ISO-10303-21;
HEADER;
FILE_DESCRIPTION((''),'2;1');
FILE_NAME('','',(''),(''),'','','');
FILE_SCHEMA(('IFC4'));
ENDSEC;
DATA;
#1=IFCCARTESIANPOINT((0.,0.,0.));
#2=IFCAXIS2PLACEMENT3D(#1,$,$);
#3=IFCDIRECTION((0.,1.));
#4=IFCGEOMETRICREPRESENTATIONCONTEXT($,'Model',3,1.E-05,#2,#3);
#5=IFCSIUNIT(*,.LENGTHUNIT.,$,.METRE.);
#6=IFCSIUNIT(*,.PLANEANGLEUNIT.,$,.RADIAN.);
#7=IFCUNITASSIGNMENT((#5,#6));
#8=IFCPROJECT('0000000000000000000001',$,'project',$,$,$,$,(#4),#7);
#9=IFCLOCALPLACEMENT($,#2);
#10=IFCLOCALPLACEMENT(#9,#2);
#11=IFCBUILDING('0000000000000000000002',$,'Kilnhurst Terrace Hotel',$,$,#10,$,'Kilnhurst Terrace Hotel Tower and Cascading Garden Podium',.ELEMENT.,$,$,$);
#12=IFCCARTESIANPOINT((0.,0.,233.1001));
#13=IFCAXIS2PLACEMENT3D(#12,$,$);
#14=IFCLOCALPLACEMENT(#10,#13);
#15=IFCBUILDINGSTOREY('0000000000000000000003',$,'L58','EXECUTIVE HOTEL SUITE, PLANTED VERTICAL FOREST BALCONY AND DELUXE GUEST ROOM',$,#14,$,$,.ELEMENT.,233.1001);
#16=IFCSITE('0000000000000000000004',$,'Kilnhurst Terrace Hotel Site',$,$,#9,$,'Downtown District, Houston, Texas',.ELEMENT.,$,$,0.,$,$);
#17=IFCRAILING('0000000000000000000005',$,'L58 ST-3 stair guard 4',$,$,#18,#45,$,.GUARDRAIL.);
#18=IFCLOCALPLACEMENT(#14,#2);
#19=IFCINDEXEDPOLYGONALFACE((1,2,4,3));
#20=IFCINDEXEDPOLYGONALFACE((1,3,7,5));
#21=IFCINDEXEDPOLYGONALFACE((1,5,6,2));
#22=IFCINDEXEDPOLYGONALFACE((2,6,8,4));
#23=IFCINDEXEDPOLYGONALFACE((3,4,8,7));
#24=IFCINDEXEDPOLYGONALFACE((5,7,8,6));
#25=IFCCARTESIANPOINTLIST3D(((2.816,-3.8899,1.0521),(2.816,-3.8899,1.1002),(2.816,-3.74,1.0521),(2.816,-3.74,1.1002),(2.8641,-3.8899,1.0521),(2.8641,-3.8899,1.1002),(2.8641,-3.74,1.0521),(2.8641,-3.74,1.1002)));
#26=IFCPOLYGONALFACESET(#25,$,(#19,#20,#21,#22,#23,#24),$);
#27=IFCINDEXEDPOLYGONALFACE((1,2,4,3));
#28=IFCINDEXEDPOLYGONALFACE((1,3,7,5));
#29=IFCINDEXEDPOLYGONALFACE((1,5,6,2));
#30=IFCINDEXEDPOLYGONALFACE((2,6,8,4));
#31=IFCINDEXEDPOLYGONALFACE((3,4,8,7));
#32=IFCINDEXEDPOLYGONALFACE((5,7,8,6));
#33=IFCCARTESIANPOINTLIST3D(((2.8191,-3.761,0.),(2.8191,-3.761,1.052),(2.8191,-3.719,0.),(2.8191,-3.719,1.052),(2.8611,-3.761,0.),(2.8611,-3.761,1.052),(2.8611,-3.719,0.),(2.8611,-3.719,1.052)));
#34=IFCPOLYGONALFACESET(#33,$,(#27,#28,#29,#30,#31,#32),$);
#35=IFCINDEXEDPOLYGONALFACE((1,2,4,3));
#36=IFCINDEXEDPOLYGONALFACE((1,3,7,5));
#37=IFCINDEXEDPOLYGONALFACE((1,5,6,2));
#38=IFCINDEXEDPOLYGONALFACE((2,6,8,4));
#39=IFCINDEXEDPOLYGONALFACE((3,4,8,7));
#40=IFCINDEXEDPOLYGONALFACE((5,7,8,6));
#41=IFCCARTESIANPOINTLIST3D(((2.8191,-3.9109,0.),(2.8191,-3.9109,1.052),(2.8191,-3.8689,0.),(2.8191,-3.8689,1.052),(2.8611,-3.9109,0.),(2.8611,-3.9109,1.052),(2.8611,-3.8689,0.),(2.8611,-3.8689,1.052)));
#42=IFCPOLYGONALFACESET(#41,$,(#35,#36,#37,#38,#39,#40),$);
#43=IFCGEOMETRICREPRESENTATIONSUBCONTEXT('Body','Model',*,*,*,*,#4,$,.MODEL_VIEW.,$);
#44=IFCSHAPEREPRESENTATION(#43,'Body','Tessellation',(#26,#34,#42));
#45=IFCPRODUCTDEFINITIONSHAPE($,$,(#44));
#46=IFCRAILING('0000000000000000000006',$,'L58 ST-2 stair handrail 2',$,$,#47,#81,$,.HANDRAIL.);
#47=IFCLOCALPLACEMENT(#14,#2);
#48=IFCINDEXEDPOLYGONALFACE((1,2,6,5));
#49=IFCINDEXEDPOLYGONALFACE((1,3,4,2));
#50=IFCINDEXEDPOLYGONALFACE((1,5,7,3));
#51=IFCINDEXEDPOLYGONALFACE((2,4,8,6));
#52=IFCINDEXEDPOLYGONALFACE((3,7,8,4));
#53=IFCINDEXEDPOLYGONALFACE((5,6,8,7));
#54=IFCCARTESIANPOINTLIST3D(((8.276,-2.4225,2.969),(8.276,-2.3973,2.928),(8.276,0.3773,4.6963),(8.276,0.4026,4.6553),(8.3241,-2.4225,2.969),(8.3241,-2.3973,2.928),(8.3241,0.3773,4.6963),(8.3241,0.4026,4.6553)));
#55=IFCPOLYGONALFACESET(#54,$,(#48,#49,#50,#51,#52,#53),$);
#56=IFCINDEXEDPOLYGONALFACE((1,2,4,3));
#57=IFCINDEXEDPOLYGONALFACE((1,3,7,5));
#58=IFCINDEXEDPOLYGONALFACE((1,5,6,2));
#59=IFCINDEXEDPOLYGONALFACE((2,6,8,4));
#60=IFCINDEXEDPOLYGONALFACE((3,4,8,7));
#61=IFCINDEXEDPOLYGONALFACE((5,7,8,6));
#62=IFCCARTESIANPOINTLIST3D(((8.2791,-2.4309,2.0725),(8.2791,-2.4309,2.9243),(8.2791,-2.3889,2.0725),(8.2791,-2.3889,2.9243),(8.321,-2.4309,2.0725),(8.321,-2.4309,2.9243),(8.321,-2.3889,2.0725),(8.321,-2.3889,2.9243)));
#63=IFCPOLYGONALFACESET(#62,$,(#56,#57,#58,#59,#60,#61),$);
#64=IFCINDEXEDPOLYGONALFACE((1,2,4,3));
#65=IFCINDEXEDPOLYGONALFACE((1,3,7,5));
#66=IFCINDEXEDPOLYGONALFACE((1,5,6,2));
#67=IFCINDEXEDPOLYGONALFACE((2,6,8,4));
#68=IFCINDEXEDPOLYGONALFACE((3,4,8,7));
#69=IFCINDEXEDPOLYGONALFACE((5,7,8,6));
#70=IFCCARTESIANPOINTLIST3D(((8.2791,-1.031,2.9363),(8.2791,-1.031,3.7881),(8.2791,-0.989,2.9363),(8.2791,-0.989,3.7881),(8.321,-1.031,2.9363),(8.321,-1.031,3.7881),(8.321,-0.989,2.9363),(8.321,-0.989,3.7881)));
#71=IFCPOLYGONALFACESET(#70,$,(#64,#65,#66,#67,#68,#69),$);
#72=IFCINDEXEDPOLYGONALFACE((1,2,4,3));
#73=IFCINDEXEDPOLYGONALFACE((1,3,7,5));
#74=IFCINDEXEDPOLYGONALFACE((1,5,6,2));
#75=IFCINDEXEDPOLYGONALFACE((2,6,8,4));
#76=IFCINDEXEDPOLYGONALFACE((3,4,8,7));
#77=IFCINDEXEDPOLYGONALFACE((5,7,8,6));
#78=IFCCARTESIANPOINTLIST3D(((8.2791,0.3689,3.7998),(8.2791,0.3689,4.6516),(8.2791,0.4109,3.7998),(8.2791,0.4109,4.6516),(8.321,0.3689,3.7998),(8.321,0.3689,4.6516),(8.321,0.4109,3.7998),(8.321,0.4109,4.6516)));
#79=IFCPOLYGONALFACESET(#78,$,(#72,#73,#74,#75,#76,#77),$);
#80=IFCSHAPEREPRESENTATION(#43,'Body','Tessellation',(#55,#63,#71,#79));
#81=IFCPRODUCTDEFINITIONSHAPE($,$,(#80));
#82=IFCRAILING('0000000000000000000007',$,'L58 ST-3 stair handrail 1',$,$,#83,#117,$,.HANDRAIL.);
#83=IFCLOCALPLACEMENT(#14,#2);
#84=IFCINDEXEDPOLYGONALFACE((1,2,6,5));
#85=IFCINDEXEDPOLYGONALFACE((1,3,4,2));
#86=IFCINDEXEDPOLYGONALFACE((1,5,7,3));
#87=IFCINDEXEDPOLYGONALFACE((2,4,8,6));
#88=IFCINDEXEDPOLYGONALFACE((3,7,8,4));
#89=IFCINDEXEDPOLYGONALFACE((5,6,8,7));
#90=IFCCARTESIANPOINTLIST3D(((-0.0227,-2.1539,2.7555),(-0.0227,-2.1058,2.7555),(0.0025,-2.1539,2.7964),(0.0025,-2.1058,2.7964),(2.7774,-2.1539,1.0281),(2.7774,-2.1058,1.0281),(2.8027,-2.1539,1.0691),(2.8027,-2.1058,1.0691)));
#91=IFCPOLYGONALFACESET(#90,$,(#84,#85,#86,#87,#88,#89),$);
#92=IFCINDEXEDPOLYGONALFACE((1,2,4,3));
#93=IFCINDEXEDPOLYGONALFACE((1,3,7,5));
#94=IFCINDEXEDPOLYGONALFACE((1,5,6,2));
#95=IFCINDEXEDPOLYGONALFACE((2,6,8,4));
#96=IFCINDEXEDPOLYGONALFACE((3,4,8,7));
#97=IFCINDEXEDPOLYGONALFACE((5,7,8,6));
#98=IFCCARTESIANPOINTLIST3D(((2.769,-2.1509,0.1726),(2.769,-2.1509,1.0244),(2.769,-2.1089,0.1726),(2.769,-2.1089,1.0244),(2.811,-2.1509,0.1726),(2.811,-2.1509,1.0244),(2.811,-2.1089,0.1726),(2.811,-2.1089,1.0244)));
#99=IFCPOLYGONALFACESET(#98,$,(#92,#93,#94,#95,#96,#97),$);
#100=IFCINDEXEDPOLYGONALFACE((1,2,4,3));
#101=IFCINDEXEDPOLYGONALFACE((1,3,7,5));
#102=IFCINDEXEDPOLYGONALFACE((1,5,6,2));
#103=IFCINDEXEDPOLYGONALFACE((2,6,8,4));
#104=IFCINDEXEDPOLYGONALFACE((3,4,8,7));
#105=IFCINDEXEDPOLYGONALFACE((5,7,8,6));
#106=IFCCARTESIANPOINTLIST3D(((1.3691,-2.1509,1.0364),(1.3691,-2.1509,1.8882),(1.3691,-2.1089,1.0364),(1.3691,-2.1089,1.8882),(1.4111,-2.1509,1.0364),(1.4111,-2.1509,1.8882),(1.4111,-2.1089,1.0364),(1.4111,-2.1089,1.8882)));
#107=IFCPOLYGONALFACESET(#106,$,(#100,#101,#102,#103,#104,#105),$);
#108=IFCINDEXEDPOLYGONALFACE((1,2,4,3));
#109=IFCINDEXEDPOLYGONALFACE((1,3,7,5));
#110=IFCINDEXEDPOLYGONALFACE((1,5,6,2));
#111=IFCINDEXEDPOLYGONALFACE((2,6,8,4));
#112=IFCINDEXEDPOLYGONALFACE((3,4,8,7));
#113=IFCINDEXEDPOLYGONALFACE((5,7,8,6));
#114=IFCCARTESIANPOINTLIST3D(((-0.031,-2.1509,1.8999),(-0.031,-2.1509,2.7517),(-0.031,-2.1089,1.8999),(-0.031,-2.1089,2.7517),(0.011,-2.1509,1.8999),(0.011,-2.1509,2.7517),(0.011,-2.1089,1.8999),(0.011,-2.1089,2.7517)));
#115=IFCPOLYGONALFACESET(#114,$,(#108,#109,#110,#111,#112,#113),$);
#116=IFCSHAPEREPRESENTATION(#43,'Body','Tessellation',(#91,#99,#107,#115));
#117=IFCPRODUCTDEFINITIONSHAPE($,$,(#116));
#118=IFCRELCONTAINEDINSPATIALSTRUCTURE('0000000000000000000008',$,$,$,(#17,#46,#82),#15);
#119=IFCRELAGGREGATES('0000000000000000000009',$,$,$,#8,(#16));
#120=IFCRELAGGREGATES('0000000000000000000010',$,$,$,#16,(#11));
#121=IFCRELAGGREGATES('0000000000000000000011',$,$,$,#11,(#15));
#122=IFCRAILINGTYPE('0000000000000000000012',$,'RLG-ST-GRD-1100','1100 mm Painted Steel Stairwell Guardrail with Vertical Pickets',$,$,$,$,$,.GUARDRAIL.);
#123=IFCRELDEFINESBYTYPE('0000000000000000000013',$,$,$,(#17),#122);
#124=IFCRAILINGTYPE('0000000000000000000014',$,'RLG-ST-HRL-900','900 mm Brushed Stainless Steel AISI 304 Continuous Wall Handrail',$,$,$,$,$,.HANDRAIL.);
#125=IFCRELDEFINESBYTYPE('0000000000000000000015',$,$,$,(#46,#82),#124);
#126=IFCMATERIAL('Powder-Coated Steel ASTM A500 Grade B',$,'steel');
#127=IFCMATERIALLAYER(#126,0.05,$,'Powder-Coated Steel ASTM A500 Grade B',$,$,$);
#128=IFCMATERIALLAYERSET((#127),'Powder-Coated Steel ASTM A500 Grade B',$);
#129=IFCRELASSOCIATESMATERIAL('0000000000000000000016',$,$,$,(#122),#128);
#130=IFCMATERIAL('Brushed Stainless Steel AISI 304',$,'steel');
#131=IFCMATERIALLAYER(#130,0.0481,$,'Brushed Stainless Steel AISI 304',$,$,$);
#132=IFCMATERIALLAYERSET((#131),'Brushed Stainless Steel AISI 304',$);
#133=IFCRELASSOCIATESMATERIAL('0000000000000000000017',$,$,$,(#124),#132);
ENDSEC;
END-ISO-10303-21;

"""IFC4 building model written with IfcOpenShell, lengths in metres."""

from ifc_helpers import new_model, si_unit, direction, frame, origin, origin_2d, place, context, subcontext, project, spatial, rectangle, extrude, material, layer, layer_set, type_object, element, save


model = new_model("IFC4")

# Units and contexts
model_context = context("Model", 3, precision=1e-05, world=origin(), true_north=direction((0.0, 1.0)))
body_context = subcontext(model_context, "Body", "Model", "MODEL_VIEW")
ifc_project = project(units=[si_unit("LENGTHUNIT", "METRE"), si_unit("PLANEANGLEUNIT", "RADIAN")], contexts=[model_context])

# Site, building, storey
site_placement = place(None, origin())
site = spatial("IfcSite", under=ifc_project, at=site_placement, Name="Kilnhurst Terrace Hotel Site", LongName="Downtown District, Houston, Texas", CompositionType="ELEMENT", RefElevation=0.0)
building_placement = place(site_placement, origin())
building = spatial("IfcBuilding", under=site, at=building_placement, Name="Kilnhurst Terrace Hotel", LongName="Kilnhurst Terrace Hotel Tower and Cascading Garden Podium", CompositionType="ELEMENT")
storey_placement = place(building_placement, frame((0.0, 0.0, 233.1001)))
storey = spatial("IfcBuildingStorey", under=building, at=storey_placement, Name="L58", Description="EXECUTIVE HOTEL SUITE, PLANTED VERTICAL FOREST BALCONY AND DELUXE GUEST ROOM", CompositionType="ELEMENT", Elevation=233.1001)

# Railings
ifc_material_1 = material(Name="Powder-Coated Steel ASTM A500 Grade B", Category="steel")
ifc_layer_1 = layer(ifc_material_1, 0.05, Name="Powder-Coated Steel ASTM A500 Grade B")
ifc_layer_set_1 = layer_set([ifc_layer_1], Name="Powder-Coated Steel ASTM A500 Grade B")
railing_type_1 = type_object("IfcRailingType", Name="RLG-ST-GRD-1100", Description="1100 mm Painted Steel Stairwell Guardrail with Vertical Pickets", PredefinedType="GUARDRAIL", material=ifc_layer_set_1)
railing_1_placement = place(storey_placement, frame((2.8401, -3.74, 0.0)))
element("IfcRailing", 1, at=railing_1_placement, inside=storey, type_object=railing_type_1, Name="L58 ST-3 stair guard 4", PredefinedType="GUARDRAIL", context=body_context, shape_type="SweptSolid", body=[
    extrude(rectangle(XDim=0.0481, YDim=0.0481, at=origin_2d()), frame((0.0, 0.0, 1.0762), z_axis=(0.0, -1.0, 0.0), x_axis=(1.0, 0.0, 0.0)), (0.0, 0.0, 1.0), 0.1499),
    extrude(rectangle(XDim=0.042, YDim=0.042, at=origin_2d()), origin(), (0.0, 0.0, 1.0), 1.052),
    extrude(rectangle(XDim=0.042, YDim=0.042, at=origin_2d()), frame((0.0, -0.1499, 0.0)), (0.0, 0.0, 1.0), 1.052),
])
ifc_material_2 = material(Name="Brushed Stainless Steel AISI 304", Category="steel")
ifc_layer_2 = layer(ifc_material_2, 0.0481, Name="Brushed Stainless Steel AISI 304")
ifc_layer_set_2 = layer_set([ifc_layer_2], Name="Brushed Stainless Steel AISI 304")
railing_type_2 = type_object("IfcRailingType", Name="RLG-ST-HRL-900", Description="900 mm Brushed Stainless Steel AISI 304 Continuous Wall Handrail", PredefinedType="HANDRAIL", material=ifc_layer_set_2)
railing_2_placement = place(storey_placement, frame((8.3, -2.4099, 2.0725)))
element("IfcRailing", 2, at=railing_2_placement, inside=storey, type_object=railing_type_2, Name="L58 ST-2 stair handrail 2", PredefinedType="HANDRAIL", context=body_context, shape_type="SweptSolid", body=[
    extrude(rectangle(XDim=0.0481, YDim=0.0481, at=origin_2d()), frame((0.0, 0.0, 0.876), z_axis=(0.0, 0.851069, 0.525054), x_axis=(-1.0, 0.0, 0.0)), (0.0, 0.0, 1.0), 3.2898),
    extrude(rectangle(XDim=0.042, YDim=0.042, at=origin_2d()), origin(), (0.0, 0.0, 1.0), 0.8518),
    extrude(rectangle(XDim=0.042, YDim=0.042, at=origin_2d()), frame((0.0, 1.3999, 0.8638)), (0.0, 0.0, 1.0), 0.8518),
    extrude(rectangle(XDim=0.042, YDim=0.042, at=origin_2d()), frame((0.0, 2.7998, 1.7273)), (0.0, 0.0, 1.0), 0.8518),
])
railing_3_placement = place(storey_placement, frame((2.79, -2.1299, 0.1726)))
element("IfcRailing", 3, at=railing_3_placement, inside=storey, type_object=railing_type_2, Name="L58 ST-3 stair handrail 1", PredefinedType="HANDRAIL", context=body_context, shape_type="SweptSolid", body=[
    extrude(rectangle(XDim=0.0481, YDim=0.0481, at=origin_2d()), frame((0.0, 0.0, 0.876), z_axis=(-0.85109, 0.0, 0.52502), x_axis=(0.0, -1.0, 0.0)), (0.0, 0.0, 1.0), 3.29),
    extrude(rectangle(XDim=0.042, YDim=0.042, at=origin_2d()), origin(), (0.0, 0.0, 1.0), 0.8518),
    extrude(rectangle(XDim=0.042, YDim=0.042, at=origin_2d()), frame((-1.3999, 0.0, 0.8638)), (0.0, 0.0, 1.0), 0.8518),
    extrude(rectangle(XDim=0.042, YDim=0.042, at=origin_2d()), frame((-2.8, 0.0, 1.7273)), (0.0, 0.0, 1.0), 0.8518),
])

save(model, "model.ifc")
